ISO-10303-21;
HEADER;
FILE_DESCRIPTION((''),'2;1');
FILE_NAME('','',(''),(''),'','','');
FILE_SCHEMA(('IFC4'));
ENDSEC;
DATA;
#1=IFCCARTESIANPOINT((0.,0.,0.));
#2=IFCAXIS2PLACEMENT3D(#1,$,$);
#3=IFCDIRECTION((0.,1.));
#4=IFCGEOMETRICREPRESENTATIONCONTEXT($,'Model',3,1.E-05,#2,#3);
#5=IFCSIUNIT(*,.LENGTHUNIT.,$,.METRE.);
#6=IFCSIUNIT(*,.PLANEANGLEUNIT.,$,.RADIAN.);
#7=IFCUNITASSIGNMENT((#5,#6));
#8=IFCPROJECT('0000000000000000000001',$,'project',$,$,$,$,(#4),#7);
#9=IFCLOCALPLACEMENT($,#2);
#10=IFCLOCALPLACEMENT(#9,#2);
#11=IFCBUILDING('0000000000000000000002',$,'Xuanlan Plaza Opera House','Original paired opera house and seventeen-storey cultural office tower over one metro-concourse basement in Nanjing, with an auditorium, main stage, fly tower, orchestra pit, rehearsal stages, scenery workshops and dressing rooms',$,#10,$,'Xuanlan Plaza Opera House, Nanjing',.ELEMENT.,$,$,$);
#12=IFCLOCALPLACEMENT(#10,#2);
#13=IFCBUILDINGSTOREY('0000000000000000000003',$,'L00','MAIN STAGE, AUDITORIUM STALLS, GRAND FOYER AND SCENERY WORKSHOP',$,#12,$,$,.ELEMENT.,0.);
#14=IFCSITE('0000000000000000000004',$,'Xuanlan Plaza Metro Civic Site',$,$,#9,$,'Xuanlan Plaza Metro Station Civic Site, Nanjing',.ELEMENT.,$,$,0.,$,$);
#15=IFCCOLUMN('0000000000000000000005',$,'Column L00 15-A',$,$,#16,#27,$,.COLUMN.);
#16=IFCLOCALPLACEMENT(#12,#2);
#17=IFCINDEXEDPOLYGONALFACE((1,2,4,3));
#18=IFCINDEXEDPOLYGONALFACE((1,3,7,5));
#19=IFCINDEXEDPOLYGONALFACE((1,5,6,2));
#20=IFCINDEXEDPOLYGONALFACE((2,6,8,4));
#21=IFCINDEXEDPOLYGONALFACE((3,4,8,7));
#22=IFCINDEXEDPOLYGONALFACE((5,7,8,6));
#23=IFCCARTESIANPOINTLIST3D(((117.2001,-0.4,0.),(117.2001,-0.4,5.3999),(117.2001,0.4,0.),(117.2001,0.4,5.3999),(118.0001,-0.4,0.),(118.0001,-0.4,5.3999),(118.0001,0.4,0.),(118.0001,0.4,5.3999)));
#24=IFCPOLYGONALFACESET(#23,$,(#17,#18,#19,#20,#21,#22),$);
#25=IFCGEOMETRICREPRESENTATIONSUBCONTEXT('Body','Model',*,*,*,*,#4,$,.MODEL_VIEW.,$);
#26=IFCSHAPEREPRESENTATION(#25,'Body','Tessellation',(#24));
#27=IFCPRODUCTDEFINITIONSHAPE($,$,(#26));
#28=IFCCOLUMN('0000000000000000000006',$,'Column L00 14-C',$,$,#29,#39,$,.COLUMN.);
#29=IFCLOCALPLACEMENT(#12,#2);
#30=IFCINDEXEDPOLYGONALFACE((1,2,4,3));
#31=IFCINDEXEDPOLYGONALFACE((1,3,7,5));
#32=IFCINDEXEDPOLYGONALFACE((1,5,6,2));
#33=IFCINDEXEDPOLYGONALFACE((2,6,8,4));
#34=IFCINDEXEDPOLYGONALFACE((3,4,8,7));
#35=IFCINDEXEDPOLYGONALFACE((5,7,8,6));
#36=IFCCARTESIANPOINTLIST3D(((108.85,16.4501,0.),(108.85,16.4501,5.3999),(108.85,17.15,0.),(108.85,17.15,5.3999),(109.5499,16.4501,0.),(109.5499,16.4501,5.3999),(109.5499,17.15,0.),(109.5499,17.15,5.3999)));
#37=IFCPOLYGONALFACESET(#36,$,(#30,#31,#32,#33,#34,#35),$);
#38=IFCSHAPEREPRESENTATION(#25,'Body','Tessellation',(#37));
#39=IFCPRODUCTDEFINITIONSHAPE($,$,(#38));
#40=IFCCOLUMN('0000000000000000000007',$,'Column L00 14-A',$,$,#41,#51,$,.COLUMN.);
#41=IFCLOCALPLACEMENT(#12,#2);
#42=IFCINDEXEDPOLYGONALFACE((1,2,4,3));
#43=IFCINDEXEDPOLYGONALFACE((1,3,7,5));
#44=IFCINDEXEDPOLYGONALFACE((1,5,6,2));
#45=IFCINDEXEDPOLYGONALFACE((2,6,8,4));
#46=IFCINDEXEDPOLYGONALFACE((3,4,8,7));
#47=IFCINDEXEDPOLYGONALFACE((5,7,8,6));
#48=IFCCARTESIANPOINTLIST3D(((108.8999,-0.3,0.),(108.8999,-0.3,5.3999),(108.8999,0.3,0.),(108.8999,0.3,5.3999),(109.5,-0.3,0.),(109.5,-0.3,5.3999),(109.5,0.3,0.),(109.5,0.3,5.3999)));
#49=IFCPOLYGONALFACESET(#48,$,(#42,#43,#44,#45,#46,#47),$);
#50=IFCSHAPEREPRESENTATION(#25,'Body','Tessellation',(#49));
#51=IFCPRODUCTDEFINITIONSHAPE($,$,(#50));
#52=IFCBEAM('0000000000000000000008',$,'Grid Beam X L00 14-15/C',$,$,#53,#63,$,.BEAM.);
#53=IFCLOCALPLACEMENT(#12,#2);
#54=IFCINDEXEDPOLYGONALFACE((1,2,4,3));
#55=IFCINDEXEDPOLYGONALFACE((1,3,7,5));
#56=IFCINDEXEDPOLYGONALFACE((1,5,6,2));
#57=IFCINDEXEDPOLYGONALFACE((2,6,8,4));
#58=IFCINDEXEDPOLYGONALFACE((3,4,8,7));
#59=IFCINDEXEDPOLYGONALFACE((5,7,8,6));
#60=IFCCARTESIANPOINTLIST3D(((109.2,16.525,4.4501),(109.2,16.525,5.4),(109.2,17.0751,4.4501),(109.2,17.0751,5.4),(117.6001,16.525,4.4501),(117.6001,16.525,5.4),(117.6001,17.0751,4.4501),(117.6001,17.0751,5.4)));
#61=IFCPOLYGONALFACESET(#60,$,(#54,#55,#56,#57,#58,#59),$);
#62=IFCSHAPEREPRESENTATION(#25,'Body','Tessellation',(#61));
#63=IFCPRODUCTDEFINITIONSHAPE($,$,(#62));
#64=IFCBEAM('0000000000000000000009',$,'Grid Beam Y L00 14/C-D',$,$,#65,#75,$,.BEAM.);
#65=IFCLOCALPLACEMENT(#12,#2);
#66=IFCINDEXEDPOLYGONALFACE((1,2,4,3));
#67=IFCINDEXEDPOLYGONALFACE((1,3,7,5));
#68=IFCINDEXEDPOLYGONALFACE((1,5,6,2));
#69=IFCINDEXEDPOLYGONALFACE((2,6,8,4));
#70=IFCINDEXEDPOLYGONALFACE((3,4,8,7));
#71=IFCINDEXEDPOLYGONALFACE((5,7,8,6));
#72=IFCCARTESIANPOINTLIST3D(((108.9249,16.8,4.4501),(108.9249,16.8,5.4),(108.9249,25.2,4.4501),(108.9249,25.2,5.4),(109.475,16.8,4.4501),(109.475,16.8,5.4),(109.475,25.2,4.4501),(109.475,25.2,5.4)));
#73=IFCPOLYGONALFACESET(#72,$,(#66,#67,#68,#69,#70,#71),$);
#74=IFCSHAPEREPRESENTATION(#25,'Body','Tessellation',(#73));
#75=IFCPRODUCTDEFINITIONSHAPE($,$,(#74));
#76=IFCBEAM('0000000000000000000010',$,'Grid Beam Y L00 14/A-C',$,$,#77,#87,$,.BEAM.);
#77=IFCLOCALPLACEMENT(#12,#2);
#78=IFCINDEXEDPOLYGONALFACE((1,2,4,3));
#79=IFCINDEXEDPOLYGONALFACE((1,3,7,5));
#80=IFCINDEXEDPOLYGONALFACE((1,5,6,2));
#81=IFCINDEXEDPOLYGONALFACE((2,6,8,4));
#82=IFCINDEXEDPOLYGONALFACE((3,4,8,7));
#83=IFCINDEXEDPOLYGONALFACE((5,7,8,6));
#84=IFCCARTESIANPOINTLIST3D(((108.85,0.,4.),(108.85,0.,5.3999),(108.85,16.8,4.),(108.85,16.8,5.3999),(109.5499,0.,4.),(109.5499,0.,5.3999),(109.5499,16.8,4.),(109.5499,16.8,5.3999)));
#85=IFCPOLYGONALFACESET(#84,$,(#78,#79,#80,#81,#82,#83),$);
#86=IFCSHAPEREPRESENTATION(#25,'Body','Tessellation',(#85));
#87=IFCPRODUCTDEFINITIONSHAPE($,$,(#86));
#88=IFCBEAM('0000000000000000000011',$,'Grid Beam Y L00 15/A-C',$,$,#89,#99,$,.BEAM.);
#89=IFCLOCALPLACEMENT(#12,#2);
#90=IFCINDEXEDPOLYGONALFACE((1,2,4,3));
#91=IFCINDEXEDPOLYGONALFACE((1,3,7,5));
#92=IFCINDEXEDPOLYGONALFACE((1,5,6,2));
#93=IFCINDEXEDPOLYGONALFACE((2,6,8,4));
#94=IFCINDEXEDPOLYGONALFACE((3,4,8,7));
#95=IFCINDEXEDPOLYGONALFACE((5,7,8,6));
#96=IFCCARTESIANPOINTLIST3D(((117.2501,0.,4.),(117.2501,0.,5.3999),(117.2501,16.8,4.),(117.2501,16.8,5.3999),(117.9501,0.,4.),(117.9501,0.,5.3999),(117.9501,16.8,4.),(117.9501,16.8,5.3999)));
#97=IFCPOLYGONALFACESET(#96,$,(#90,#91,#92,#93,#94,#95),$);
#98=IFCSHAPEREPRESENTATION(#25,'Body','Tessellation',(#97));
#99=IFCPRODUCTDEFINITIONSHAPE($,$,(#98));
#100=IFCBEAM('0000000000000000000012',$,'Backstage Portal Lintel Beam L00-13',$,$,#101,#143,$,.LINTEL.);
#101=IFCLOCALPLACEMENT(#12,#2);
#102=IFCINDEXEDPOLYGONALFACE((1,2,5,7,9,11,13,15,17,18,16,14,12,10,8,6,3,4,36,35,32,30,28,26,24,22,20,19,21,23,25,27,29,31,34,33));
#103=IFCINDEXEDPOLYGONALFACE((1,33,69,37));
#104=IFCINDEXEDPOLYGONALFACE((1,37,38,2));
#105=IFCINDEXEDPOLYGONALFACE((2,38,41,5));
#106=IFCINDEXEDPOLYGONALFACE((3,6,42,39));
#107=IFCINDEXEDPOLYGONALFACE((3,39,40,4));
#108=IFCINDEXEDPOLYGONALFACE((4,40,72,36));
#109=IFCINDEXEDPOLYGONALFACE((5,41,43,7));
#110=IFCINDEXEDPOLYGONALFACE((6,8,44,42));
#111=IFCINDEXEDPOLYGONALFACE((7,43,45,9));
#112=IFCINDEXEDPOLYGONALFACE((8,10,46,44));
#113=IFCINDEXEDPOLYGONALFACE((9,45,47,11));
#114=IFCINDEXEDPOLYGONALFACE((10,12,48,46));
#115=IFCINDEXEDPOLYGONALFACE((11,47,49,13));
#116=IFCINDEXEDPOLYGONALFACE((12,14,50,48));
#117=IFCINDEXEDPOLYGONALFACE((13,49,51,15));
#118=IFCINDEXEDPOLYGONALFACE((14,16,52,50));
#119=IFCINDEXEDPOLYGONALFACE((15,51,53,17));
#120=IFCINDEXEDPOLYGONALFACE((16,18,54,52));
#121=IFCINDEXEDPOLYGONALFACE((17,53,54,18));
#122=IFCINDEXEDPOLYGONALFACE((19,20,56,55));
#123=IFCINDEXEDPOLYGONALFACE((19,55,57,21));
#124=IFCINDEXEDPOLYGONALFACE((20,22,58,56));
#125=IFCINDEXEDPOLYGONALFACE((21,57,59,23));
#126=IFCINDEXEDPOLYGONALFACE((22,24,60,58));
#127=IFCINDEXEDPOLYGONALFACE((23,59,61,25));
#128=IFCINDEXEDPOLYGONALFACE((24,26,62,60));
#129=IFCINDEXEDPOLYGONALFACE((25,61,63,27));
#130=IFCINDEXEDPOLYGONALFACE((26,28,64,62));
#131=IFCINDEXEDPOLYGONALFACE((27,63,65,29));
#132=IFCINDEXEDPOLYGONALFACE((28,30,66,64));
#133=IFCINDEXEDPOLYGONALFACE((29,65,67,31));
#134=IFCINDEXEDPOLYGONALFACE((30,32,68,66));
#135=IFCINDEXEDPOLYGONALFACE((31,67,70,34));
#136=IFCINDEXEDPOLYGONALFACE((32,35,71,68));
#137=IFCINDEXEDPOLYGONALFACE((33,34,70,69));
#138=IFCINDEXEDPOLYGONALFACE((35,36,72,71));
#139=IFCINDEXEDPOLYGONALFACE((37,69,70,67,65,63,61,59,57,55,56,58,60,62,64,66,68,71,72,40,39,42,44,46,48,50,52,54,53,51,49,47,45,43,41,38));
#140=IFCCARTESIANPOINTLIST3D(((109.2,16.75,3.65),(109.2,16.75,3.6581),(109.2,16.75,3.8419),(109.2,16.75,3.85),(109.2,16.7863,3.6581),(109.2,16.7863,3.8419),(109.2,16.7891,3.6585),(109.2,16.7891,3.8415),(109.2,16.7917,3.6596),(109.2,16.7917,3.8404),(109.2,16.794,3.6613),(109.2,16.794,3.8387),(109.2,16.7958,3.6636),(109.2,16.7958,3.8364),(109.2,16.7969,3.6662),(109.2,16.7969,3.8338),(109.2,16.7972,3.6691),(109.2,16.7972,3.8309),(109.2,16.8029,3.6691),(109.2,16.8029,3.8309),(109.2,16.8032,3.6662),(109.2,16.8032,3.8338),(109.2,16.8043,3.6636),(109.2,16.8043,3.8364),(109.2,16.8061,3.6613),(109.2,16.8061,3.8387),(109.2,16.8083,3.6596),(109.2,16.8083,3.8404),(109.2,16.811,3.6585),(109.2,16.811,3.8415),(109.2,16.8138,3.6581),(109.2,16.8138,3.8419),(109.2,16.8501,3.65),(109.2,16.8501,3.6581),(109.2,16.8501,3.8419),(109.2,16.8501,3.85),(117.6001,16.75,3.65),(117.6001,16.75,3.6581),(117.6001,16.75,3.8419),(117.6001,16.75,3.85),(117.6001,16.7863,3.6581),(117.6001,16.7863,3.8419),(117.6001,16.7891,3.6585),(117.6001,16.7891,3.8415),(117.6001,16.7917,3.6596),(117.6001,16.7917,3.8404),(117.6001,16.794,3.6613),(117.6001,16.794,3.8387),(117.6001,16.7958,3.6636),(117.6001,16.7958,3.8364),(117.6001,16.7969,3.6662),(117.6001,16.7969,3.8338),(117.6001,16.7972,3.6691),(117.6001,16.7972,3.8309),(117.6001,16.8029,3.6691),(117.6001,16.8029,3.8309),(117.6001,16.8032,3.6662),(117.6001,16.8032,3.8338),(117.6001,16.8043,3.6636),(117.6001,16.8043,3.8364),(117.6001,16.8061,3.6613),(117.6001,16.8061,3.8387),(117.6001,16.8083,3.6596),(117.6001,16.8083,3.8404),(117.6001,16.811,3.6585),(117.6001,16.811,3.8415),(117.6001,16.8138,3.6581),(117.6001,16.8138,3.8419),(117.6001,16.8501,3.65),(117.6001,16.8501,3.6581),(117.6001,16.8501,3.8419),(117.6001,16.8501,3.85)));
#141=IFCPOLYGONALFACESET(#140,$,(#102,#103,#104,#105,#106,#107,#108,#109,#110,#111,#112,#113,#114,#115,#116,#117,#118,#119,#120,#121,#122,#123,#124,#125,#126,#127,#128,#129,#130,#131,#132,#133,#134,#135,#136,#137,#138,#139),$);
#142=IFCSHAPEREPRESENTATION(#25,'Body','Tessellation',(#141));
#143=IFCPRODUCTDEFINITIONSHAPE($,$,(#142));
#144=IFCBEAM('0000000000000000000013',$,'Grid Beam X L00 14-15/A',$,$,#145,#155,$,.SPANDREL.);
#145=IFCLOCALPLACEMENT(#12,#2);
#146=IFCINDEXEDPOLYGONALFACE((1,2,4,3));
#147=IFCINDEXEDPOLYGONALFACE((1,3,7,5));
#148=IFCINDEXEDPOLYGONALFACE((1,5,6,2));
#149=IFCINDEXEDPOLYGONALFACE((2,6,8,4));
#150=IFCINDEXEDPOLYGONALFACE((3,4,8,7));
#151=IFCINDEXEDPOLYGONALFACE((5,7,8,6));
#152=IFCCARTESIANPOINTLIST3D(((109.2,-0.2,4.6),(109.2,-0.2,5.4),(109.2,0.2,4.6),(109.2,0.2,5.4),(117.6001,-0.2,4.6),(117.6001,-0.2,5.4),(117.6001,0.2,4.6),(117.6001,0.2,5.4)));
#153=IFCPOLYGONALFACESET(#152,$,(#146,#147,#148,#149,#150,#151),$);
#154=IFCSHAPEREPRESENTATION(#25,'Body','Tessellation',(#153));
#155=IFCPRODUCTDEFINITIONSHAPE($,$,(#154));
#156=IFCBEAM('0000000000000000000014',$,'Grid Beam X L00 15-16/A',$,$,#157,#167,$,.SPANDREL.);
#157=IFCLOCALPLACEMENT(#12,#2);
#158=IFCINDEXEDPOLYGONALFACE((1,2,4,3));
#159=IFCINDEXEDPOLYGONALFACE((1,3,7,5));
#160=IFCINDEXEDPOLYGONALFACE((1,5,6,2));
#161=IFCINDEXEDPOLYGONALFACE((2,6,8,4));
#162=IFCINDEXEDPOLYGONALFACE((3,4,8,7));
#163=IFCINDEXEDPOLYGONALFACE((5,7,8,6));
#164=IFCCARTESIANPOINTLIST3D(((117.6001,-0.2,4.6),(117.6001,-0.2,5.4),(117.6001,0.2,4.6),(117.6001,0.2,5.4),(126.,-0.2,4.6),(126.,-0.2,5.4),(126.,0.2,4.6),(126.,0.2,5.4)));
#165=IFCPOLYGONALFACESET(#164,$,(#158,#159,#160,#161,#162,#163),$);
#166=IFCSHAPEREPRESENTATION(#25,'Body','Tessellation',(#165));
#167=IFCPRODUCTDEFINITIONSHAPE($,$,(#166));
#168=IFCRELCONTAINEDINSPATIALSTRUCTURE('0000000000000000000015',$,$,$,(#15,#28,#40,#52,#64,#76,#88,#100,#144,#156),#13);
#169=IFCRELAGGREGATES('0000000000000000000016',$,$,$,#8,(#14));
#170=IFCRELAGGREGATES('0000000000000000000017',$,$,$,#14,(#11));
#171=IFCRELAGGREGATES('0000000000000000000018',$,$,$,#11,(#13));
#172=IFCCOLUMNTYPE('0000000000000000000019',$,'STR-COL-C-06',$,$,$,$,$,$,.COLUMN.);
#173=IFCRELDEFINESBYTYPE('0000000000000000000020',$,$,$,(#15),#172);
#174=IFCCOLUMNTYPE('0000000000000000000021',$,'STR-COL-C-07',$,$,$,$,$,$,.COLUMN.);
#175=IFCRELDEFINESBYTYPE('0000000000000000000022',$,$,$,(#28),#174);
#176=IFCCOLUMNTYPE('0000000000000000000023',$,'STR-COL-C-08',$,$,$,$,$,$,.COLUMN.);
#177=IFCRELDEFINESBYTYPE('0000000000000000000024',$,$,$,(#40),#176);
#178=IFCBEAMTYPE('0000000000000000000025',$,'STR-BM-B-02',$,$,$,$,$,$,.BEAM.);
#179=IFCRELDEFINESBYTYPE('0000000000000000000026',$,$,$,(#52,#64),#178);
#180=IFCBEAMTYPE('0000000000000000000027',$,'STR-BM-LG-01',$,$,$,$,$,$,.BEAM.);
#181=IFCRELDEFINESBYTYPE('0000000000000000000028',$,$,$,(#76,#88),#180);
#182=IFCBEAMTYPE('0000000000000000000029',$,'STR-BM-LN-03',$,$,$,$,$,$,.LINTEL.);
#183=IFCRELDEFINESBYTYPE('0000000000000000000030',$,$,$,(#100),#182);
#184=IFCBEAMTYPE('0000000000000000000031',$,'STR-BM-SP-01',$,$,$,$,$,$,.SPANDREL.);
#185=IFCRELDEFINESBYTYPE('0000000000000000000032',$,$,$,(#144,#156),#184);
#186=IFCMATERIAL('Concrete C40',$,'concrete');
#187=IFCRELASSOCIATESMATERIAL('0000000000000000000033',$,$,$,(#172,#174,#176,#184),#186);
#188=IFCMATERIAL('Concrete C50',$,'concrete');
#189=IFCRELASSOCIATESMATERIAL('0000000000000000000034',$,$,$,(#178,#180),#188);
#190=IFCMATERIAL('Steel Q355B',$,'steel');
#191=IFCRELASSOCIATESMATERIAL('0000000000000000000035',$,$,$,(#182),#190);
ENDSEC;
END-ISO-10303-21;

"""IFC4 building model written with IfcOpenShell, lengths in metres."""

from ifc_helpers import new_model, si_unit, direction, frame, origin, origin_2d, place, context, subcontext, project, spatial, rectangle, i_section, extrude, material, material_profile, profile_set, type_object, element, save


model = new_model("IFC4")

# Units and contexts
model_context = context("Model", 3, precision=1e-05, world=origin(), true_north=direction((0.0, 1.0)))
body_context = subcontext(model_context, "Body", "Model", "MODEL_VIEW")
ifc_project = project(units=[si_unit("LENGTHUNIT", "METRE"), si_unit("PLANEANGLEUNIT", "RADIAN")], contexts=[model_context])

# Site, building, storey
site_placement = place(None, origin())
site = spatial("IfcSite", under=ifc_project, at=site_placement, Name="Xuanlan Plaza Metro Civic Site", LongName="Xuanlan Plaza Metro Station Civic Site, Nanjing", CompositionType="ELEMENT", RefElevation=0.0)
building_placement = place(site_placement, origin())
building = spatial("IfcBuilding", under=site, at=building_placement, Name="Xuanlan Plaza Opera House", Description="Original paired opera house and seventeen-storey cultural office tower over one metro-concourse basement in Nanjing, with an auditorium, main stage, fly tower, orchestra pit, rehearsal stages, scenery workshops and dressing rooms", LongName="Xuanlan Plaza Opera House, Nanjing", CompositionType="ELEMENT")
storey_placement = place(building_placement, origin())
storey = spatial("IfcBuildingStorey", under=building, at=storey_placement, Name="L00", Description="MAIN STAGE, AUDITORIUM STALLS, GRAND FOYER AND SCENERY WORKSHOP", CompositionType="ELEMENT", Elevation=0.0)

# Columns
ifc_material_1 = material(Name="Concrete C40", Category="concrete")
ifc_material_profile_1 = material_profile(ifc_material_1, rectangle(XDim=0.8, YDim=0.8, at=origin_2d()), Name="RC-COL 800x800")
ifc_profile_set_1 = profile_set([ifc_material_profile_1], Name="Concrete C40")
column_type_1 = type_object("IfcColumnType", Name="STR-COL-C-06", PredefinedType="COLUMN", material=ifc_profile_set_1)
column_1_placement = place(storey_placement, frame((117.6001, 0.0, 0.0), z_axis=(0.0, 0.0, 1.0), x_axis=(1.0, 0.0, 0.0)))
element("IfcColumn", 1, at=column_1_placement, inside=storey, type_object=column_type_1, Name="Column L00 15-A", PredefinedType="COLUMN", context=body_context, shape_type="SweptSolid", body=[
    extrude(rectangle(XDim=0.8, YDim=0.8, at=origin_2d()), origin(), (0.0, 0.0, 1.0), 5.3999),
])
ifc_material_profile_2 = material_profile(ifc_material_1, rectangle(XDim=0.7, YDim=0.7, at=origin_2d()), Name="RC-COL 700x700")
ifc_profile_set_2 = profile_set([ifc_material_profile_2], Name="Concrete C40")
column_type_2 = type_object("IfcColumnType", Name="STR-COL-C-07", PredefinedType="COLUMN", material=ifc_profile_set_2)
column_2_placement = place(storey_placement, frame((109.2, 16.8, 0.0), z_axis=(0.0, 0.0, 1.0), x_axis=(1.0, 0.0, 0.0)))
element("IfcColumn", 2, at=column_2_placement, inside=storey, type_object=column_type_2, Name="Column L00 14-C", PredefinedType="COLUMN", context=body_context, shape_type="SweptSolid", body=[
    extrude(rectangle(XDim=0.7, YDim=0.7, at=origin_2d()), origin(), (0.0, 0.0, 1.0), 5.3999),
])
ifc_material_profile_3 = material_profile(ifc_material_1, rectangle(XDim=0.6001, YDim=0.6001, at=origin_2d()), Name="RC-COL 600x600")
ifc_profile_set_3 = profile_set([ifc_material_profile_3], Name="Concrete C40")
column_type_3 = type_object("IfcColumnType", Name="STR-COL-C-08", PredefinedType="COLUMN", material=ifc_profile_set_3)
column_3_placement = place(storey_placement, frame((109.2, 0.0, 0.0), z_axis=(0.0, 0.0, 1.0), x_axis=(1.0, 0.0, 0.0)))
element("IfcColumn", 3, at=column_3_placement, inside=storey, type_object=column_type_3, Name="Column L00 14-A", PredefinedType="COLUMN", context=body_context, shape_type="SweptSolid", body=[
    extrude(rectangle(XDim=0.6001, YDim=0.6001, at=origin_2d()), origin(), (0.0, 0.0, 1.0), 5.3999),
])

# Beams
ifc_material_2 = material(Name="Concrete C50", Category="concrete")
ifc_material_profile_4 = material_profile(ifc_material_2, rectangle(XDim=0.55, YDim=0.95, at=origin_2d()), Name="RC-BM 550x950")
ifc_profile_set_4 = profile_set([ifc_material_profile_4], Name="Concrete C50")
beam_type_1 = type_object("IfcBeamType", Name="STR-BM-B-02", PredefinedType="BEAM", material=ifc_profile_set_4)
beam_1_placement = place(storey_placement, frame((109.2, 16.8, 4.925), z_axis=(1.0, 0.0, 0.0), x_axis=(0.0, 1.0, 0.0)))
element("IfcBeam", 4, at=beam_1_placement, inside=storey, type_object=beam_type_1, Name="Grid Beam X L00 14-15/C", PredefinedType="BEAM", context=body_context, shape_type="SweptSolid", body=[
    extrude(rectangle(XDim=0.55, YDim=0.95, at=origin_2d()), origin(), (0.0, 0.0, 1.0), 8.4001),
])
beam_2_placement = place(storey_placement, frame((109.2, 16.8, 4.925), z_axis=(0.0, 1.0, 0.0), x_axis=(-1.0, 0.0, 0.0)))
element("IfcBeam", 5, at=beam_2_placement, inside=storey, type_object=beam_type_1, Name="Grid Beam Y L00 14/C-D", PredefinedType="BEAM", context=body_context, shape_type="SweptSolid", body=[
    extrude(rectangle(XDim=0.55, YDim=0.95, at=origin_2d()), origin(), (0.0, 0.0, 1.0), 8.3999),
])
ifc_material_profile_5 = material_profile(ifc_material_2, rectangle(XDim=0.7, YDim=1.3999, at=origin_2d()), Name="RC-LG 700x1400")
ifc_profile_set_5 = profile_set([ifc_material_profile_5], Name="Concrete C50")
beam_type_2 = type_object("IfcBeamType", Name="STR-BM-LG-01", PredefinedType="BEAM", material=ifc_profile_set_5)
for number, where, z_axis, x_axis, name in (
    (6, (109.2, 0.0, 4.7), (0.0, 1.0, 0.0), (-1.0, 0.0, 0.0), "Grid Beam Y L00 14/A-C"),
    (7, (117.6001, 0.0, 4.7), (0.0, 1.0, 0.0), (-1.0, 0.0, 0.0), "Grid Beam Y L00 15/A-C"),
):
    element("IfcBeam", number, at=place(storey_placement, frame(where, z_axis=z_axis, x_axis=x_axis)), inside=storey, type_object=beam_type_2, Name=name, PredefinedType="BEAM", context=body_context, shape_type="SweptSolid", body=[
        extrude(rectangle(XDim=0.7, YDim=1.3999, at=origin_2d()), origin(), (0.0, 0.0, 1.0), 16.8),
    ])
ifc_material_3 = material(Name="Steel Q355B", Category="steel")
ifc_material_profile_6 = material_profile(ifc_material_3, i_section(OverallWidth=0.1001, OverallDepth=0.2, WebThickness=0.0056, FlangeThickness=0.0081, FilletRadius=0.011, at=origin_2d()), Name="HN 200x100x5.5x8")
ifc_profile_set_6 = profile_set([ifc_material_profile_6], Name="Steel Q355B")
beam_type_3 = type_object("IfcBeamType", Name="STR-BM-LN-03", PredefinedType="LINTEL", material=ifc_profile_set_6)
beam_3_placement = place(storey_placement, frame((109.2, 16.8, 3.75), z_axis=(1.0, 0.0, 0.0), x_axis=(0.0, 1.0, 0.0)))
element("IfcBeam", 8, at=beam_3_placement, inside=storey, type_object=beam_type_3, Name="Backstage Portal Lintel Beam L00-13", PredefinedType="LINTEL", context=body_context, shape_type="SweptSolid", body=[
    extrude(i_section(OverallWidth=0.1001, OverallDepth=0.2, WebThickness=0.0056, FlangeThickness=0.0081, FilletRadius=0.011, at=origin_2d()), origin(), (0.0, 0.0, 1.0), 8.4001),
])
ifc_material_profile_7 = material_profile(ifc_material_1, rectangle(XDim=0.3999, YDim=0.8, at=origin_2d()), Name="RC-SPD 400x800")
ifc_profile_set_7 = profile_set([ifc_material_profile_7], Name="Concrete C40")
beam_type_4 = type_object("IfcBeamType", Name="STR-BM-SP-01", PredefinedType="SPANDREL", material=ifc_profile_set_7)
beam_4_placement = place(storey_placement, frame((109.2, 0.0, 5.0), z_axis=(1.0, 0.0, 0.0), x_axis=(0.0, 1.0, 0.0)))
element("IfcBeam", 9, at=beam_4_placement, inside=storey, type_object=beam_type_4, Name="Grid Beam X L00 14-15/A", PredefinedType="SPANDREL", context=body_context, shape_type="SweptSolid", body=[
    extrude(rectangle(XDim=0.3999, YDim=0.8, at=origin_2d()), origin(), (0.0, 0.0, 1.0), 8.4001),
])
beam_5_placement = place(storey_placement, frame((117.6001, 0.0, 5.0), z_axis=(1.0, 0.0, 0.0), x_axis=(0.0, 1.0, 0.0)))
element("IfcBeam", 10, at=beam_5_placement, inside=storey, type_object=beam_type_4, Name="Grid Beam X L00 15-16/A", PredefinedType="SPANDREL", context=body_context, shape_type="SweptSolid", body=[
    extrude(rectangle(XDim=0.3999, YDim=0.8, at=origin_2d()), origin(), (0.0, 0.0, 1.0), 8.3999),
])

save(model, "model.ifc")
